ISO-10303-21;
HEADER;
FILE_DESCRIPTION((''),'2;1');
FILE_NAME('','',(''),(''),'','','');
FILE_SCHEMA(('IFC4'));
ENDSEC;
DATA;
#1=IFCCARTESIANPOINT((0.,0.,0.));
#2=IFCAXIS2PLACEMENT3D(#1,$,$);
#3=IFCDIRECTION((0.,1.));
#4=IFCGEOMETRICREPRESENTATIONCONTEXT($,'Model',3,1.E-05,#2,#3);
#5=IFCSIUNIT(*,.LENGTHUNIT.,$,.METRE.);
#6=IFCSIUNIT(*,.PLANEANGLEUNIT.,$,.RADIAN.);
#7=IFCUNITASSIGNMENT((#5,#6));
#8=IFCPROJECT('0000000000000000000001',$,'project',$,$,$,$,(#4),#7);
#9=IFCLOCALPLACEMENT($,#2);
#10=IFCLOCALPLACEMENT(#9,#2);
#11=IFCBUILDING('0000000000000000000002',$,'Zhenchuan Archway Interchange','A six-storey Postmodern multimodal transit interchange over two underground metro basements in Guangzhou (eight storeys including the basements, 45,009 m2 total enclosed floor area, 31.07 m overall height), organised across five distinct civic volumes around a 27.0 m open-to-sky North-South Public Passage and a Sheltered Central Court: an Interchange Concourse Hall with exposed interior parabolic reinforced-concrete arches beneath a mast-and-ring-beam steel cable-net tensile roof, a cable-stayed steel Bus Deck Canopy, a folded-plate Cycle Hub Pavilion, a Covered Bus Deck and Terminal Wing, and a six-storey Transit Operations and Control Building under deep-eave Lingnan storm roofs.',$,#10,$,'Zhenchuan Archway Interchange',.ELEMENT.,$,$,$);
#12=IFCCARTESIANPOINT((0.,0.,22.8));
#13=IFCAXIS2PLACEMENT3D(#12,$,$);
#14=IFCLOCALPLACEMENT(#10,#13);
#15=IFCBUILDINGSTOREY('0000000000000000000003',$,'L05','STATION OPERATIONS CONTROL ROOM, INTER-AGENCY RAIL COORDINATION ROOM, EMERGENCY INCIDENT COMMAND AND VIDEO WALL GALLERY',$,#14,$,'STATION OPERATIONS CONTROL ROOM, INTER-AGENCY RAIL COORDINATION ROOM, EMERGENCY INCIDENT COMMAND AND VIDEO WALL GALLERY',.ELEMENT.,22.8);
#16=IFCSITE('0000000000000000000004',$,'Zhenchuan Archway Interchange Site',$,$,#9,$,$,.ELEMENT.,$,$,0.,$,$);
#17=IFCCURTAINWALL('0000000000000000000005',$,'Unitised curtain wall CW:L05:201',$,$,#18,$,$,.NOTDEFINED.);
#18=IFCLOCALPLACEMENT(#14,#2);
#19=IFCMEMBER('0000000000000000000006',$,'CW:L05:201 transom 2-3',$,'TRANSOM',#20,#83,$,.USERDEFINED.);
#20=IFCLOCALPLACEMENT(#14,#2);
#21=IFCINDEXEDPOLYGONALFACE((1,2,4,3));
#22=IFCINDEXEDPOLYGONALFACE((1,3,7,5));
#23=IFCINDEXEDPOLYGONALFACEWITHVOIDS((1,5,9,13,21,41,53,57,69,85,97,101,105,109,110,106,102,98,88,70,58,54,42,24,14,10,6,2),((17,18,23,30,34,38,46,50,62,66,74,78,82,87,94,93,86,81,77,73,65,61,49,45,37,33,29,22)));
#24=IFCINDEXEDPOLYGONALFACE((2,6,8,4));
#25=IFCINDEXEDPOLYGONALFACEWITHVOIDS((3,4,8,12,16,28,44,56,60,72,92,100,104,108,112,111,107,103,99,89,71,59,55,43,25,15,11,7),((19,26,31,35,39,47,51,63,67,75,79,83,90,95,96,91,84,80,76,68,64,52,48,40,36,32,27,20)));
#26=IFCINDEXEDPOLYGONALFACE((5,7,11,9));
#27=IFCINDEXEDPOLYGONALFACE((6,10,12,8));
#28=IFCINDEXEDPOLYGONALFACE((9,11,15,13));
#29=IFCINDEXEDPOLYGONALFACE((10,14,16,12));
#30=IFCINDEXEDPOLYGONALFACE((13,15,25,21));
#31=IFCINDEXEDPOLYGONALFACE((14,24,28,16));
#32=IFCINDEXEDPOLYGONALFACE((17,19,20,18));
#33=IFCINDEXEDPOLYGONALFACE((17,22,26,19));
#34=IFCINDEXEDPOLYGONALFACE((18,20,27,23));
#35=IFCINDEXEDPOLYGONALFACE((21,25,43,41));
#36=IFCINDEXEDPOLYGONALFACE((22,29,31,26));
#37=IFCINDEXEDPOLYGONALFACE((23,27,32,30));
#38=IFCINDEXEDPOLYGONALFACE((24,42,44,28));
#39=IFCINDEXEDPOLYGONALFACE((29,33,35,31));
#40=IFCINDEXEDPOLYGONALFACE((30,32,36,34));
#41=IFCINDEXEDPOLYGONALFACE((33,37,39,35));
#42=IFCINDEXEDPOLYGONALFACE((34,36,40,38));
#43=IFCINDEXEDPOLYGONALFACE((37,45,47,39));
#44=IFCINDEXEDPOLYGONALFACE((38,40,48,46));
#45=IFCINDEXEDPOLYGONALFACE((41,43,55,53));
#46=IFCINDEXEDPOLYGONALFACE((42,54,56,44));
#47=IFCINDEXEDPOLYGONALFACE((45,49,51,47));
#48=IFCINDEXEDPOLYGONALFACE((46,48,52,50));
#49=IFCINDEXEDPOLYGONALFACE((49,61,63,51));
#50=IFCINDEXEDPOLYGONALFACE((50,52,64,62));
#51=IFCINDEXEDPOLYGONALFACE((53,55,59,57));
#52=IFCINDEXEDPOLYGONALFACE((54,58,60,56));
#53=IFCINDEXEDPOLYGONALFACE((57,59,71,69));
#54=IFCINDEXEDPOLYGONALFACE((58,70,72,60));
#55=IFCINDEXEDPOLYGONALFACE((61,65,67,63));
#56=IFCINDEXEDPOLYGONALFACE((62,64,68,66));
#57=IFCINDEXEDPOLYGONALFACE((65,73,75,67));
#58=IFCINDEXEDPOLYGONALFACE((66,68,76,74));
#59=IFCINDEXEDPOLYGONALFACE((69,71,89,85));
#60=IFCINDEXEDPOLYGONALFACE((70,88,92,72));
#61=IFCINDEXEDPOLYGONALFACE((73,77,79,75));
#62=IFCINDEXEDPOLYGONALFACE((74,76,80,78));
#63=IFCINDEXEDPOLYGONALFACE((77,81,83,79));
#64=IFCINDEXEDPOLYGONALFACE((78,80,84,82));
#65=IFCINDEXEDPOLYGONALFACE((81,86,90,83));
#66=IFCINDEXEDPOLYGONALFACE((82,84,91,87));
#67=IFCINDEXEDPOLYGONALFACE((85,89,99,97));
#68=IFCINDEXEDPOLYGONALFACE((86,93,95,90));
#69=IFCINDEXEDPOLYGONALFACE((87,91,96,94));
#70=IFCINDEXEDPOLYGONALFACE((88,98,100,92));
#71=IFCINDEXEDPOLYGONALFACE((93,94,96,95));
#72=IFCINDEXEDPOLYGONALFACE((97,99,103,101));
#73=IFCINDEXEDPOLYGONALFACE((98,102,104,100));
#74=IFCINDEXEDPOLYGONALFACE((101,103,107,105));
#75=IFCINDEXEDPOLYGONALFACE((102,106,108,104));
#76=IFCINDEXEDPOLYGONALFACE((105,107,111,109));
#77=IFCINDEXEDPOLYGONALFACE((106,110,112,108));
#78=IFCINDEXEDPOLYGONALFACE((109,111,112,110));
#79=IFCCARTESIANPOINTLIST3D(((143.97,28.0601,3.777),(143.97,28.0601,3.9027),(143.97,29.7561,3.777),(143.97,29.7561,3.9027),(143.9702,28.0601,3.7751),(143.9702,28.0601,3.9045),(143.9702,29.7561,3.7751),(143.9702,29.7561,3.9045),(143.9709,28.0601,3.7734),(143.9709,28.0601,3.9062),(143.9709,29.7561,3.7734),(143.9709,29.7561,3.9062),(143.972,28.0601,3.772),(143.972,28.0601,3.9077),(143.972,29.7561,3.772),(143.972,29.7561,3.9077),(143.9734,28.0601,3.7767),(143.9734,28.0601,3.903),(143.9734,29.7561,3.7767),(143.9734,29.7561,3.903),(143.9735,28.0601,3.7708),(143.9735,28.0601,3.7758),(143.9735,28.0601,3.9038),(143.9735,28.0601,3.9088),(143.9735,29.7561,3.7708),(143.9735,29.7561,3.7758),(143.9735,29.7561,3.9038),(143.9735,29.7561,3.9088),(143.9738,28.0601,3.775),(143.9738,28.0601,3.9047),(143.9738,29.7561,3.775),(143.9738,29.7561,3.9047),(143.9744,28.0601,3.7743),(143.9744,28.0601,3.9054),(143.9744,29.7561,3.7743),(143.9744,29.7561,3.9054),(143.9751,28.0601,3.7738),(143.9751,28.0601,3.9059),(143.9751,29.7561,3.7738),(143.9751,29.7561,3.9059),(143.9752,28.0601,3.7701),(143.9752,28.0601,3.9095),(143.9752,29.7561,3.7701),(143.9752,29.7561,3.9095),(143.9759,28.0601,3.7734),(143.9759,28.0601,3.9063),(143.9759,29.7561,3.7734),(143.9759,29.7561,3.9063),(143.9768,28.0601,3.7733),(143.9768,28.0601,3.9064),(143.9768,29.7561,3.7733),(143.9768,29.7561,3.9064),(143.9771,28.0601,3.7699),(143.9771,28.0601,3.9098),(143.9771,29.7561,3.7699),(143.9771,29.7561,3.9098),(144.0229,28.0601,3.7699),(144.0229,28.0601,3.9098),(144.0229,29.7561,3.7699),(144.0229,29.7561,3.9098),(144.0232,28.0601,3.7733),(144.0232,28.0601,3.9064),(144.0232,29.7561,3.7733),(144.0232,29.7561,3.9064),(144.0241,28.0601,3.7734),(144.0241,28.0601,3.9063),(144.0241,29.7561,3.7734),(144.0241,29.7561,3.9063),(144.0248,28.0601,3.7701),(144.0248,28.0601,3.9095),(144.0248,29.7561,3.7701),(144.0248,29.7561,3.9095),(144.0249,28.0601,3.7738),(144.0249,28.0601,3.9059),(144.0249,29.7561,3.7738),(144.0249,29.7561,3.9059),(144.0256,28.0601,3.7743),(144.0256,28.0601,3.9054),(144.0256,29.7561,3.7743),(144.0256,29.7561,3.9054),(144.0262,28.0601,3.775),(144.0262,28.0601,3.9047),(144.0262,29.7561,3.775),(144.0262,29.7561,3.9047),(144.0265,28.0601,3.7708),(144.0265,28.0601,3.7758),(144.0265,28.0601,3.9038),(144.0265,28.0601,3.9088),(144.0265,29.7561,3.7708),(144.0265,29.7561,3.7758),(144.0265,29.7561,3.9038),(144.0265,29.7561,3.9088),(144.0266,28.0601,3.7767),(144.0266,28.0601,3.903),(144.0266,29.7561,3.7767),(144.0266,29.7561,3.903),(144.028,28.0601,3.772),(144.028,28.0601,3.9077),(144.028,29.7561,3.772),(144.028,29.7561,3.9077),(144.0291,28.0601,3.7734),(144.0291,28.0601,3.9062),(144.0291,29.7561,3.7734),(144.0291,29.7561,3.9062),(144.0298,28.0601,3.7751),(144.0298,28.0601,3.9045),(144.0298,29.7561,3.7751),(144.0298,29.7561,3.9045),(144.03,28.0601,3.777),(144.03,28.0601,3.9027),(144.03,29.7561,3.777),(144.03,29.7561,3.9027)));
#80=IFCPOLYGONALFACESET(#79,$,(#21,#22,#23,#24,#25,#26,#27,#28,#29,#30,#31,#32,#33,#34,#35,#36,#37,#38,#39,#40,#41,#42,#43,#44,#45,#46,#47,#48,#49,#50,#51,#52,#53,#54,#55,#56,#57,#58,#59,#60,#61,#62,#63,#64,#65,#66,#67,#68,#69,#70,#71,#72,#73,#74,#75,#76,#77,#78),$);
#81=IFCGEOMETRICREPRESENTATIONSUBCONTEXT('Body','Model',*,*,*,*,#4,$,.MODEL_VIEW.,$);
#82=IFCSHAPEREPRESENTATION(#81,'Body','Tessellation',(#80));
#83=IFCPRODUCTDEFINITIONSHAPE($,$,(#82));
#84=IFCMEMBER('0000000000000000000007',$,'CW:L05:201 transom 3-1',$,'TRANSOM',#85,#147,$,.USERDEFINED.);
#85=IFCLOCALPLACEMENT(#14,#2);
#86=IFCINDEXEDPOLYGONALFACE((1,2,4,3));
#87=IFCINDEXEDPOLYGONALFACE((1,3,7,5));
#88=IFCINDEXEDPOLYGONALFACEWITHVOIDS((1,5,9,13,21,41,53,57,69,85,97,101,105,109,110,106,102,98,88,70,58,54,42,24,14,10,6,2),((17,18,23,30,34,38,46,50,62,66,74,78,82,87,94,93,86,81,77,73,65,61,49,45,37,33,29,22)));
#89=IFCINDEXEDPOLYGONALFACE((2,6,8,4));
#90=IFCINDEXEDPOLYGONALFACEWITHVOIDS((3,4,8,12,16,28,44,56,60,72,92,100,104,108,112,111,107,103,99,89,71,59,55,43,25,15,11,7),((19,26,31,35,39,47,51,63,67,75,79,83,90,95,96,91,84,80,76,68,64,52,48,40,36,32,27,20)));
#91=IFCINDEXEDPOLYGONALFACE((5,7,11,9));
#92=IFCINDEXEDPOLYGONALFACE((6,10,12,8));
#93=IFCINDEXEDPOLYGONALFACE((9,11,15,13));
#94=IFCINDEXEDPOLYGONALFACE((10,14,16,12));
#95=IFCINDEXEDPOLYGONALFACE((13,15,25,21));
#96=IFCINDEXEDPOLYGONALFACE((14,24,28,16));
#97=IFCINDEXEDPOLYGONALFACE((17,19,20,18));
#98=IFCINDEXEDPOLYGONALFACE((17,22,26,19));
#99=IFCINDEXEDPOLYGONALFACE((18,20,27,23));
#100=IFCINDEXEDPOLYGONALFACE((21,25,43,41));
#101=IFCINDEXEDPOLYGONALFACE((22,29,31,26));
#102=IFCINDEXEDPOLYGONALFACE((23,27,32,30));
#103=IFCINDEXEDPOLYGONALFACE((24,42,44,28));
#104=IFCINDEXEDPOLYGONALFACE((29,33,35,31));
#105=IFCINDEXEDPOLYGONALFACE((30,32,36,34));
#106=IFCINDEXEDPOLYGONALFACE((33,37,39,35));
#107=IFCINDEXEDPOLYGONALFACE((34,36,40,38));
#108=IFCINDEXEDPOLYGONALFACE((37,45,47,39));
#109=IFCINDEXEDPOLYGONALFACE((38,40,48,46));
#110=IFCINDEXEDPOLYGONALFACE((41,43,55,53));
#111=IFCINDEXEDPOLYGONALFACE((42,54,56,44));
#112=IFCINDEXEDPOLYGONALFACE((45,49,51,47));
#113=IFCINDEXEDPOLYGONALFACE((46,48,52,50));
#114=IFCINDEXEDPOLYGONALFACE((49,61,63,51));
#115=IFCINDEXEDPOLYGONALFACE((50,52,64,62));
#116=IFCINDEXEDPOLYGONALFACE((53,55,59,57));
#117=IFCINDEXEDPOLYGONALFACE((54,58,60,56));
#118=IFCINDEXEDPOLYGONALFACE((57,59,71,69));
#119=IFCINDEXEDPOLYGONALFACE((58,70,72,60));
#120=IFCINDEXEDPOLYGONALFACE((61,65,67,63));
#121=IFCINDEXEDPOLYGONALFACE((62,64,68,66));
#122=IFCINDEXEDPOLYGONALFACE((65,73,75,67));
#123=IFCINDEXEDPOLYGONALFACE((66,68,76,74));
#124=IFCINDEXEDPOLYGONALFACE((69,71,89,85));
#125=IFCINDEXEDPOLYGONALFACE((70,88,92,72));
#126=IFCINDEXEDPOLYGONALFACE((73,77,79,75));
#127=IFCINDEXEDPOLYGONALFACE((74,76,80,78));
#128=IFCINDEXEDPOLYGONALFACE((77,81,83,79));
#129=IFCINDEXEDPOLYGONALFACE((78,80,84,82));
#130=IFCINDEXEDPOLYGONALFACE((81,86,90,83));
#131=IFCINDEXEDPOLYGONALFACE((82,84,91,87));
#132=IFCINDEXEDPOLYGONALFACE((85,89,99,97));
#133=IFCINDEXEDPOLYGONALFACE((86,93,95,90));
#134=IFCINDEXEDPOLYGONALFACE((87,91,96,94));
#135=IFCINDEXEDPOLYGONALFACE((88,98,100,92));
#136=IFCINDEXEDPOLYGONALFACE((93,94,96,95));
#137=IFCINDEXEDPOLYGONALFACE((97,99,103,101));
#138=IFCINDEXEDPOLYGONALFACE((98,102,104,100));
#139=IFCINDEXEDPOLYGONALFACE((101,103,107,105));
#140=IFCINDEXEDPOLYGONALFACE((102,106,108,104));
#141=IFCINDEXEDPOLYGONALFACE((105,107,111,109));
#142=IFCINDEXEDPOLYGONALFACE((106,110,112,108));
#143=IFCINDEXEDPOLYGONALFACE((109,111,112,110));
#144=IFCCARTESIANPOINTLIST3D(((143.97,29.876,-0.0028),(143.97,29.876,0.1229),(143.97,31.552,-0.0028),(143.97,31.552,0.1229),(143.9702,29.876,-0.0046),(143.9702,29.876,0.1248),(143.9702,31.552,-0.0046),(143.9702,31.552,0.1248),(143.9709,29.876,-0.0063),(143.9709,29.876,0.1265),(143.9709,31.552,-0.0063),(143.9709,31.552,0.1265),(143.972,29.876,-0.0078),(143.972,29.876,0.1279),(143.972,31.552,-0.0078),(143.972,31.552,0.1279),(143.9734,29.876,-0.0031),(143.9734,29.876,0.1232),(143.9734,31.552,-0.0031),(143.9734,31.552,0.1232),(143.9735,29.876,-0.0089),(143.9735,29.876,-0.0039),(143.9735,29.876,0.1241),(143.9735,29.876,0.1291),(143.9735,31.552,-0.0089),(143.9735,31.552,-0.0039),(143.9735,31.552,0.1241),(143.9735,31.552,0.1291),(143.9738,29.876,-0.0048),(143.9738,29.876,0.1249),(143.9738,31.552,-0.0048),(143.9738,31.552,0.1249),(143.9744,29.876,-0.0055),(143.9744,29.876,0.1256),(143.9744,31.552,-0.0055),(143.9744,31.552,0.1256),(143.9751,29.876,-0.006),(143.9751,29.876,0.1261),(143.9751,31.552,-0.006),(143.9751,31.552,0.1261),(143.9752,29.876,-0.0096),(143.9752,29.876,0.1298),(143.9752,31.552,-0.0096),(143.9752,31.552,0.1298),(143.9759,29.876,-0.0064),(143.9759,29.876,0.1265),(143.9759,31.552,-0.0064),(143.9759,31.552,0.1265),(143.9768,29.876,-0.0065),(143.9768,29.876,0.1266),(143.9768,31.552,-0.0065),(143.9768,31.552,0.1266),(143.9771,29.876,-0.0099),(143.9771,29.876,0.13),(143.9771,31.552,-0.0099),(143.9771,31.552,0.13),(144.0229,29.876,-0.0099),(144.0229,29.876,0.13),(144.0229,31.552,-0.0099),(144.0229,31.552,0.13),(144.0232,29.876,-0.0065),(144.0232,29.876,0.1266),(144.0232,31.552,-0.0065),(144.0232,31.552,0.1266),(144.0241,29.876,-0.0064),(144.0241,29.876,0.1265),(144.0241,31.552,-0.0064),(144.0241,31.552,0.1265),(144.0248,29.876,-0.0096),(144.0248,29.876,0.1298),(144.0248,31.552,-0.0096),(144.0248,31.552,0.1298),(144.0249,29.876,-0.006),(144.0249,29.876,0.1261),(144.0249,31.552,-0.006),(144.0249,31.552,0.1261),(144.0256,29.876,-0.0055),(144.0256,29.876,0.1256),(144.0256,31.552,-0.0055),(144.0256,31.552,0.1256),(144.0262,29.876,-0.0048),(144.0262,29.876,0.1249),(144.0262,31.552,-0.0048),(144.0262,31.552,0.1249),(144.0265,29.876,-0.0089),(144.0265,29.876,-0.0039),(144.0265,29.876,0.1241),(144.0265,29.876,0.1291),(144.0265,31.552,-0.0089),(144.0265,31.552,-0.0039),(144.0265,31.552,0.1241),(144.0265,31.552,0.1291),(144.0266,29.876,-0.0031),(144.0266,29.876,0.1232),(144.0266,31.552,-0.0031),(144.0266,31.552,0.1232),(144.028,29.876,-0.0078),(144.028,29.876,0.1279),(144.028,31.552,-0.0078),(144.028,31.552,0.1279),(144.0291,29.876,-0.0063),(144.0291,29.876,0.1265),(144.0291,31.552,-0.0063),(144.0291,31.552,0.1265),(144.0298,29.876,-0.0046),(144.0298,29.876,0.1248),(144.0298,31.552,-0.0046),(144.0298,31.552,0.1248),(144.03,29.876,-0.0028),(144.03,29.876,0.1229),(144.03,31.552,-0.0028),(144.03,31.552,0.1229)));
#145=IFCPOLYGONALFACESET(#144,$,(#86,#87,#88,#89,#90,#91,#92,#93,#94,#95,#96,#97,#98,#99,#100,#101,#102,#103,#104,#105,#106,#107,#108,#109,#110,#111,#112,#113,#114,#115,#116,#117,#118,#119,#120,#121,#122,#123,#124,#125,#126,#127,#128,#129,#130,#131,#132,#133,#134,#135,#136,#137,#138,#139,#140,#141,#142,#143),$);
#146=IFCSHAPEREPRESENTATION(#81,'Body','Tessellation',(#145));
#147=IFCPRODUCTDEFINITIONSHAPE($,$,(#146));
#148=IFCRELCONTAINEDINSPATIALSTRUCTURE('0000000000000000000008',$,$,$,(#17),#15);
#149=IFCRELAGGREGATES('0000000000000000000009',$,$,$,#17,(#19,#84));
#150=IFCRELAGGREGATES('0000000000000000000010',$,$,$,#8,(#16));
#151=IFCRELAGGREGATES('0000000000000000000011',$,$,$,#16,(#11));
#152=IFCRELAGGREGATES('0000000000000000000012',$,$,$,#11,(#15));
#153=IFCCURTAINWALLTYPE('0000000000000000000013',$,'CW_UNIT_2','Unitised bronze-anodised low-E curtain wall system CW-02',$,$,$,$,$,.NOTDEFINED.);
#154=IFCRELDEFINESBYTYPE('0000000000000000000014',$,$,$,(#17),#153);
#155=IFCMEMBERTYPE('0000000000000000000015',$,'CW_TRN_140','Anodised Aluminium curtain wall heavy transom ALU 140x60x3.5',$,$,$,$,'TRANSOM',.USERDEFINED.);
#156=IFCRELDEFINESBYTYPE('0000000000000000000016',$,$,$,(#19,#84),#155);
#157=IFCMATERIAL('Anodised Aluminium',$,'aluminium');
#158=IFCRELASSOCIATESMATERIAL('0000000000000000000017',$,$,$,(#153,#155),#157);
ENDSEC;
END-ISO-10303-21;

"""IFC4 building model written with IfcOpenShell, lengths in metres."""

from ifc_helpers import new_model, si_unit, direction, frame, origin, origin_2d, place, context, subcontext, project, spatial, hollow_rectangle, extrude, material, material_profile, profile_set, type_object, element, aggregate, save


model = new_model("IFC4")

# Units and contexts
model_context = context("Model", 3, precision=1e-05, world=origin(), true_north=direction((0.0, 1.0)))
body_context = subcontext(model_context, "Body", "Model", "MODEL_VIEW")
ifc_project = project(units=[si_unit("LENGTHUNIT", "METRE"), si_unit("PLANEANGLEUNIT", "RADIAN")], contexts=[model_context])

# Site, building, storey
site_placement = place(None, origin())
site = spatial("IfcSite", under=ifc_project, at=site_placement, Name="Zhenchuan Archway Interchange Site", CompositionType="ELEMENT", RefElevation=0.0)
building_placement = place(site_placement, origin())
building = spatial("IfcBuilding", under=site, at=building_placement, Name="Zhenchuan Archway Interchange", Description="A six-storey Postmodern multimodal transit interchange over two underground metro basements in Guangzhou (eight storeys including the basements, 45,009 m2 total enclosed floor area, 31.07 m overall height), organised across five distinct civic volumes around a 27.0 m open-to-sky North-South Public Passage and a Sheltered Central Court: an Interchange Concourse Hall with exposed interior parabolic reinforced-concrete arches beneath a mast-and-ring-beam steel cable-net tensile roof, a cable-stayed steel Bus Deck Canopy, a folded-plate Cycle Hub Pavilion, a Covered Bus Deck and Terminal Wing, and a six-storey Transit Operations and Control Building under deep-eave Lingnan storm roofs.", LongName="Zhenchuan Archway Interchange", CompositionType="ELEMENT")
storey_placement = place(building_placement, frame((0.0, 0.0, 22.8)))
storey = spatial("IfcBuildingStorey", under=building, at=storey_placement, Name="L05", Description="STATION OPERATIONS CONTROL ROOM, INTER-AGENCY RAIL COORDINATION ROOM, EMERGENCY INCIDENT COMMAND AND VIDEO WALL GALLERY", LongName="STATION OPERATIONS CONTROL ROOM, INTER-AGENCY RAIL COORDINATION ROOM, EMERGENCY INCIDENT COMMAND AND VIDEO WALL GALLERY", CompositionType="ELEMENT", Elevation=22.8)

# Shared definitions
ifc_material_1 = material(Name="Anodised Aluminium", Category="aluminium")

# Curtain wall, members
curtain_wall_type_1 = type_object("IfcCurtainWallType", Name="CW_UNIT_2", Description="Unitised bronze-anodised low-E curtain wall system CW-02", PredefinedType="NOTDEFINED", material=ifc_material_1)
curtain_wall_1_placement = place(storey_placement, origin())
curtain_wall_1 = element("IfcCurtainWall", 1, at=curtain_wall_1_placement, inside=storey, type_object=curtain_wall_type_1, Name="Unitised curtain wall CW:L05:201", PredefinedType="NOTDEFINED")
ifc_material_profile_1 = material_profile(ifc_material_1, hollow_rectangle(XDim=0.0601, YDim=0.1399, WallThickness=0.0034, InnerFilletRadius=0.0034, OuterFilletRadius=0.0071, at=origin_2d()), Name="ALU 140x60x3.5")
ifc_profile_set_1 = profile_set([ifc_material_profile_1], Name="Anodised Aluminium")
member_type_1 = type_object("IfcMemberType", Name="CW_TRN_140", Description="Anodised Aluminium curtain wall heavy transom ALU 140x60x3.5", ElementType="TRANSOM", PredefinedType="USERDEFINED", material=ifc_profile_set_1)
member_1_placement = place(storey_placement, frame((144.0, 28.0601, 3.8398), z_axis=(0.0, 1.0, 0.0), x_axis=(-1.0, 0.0, 0.0)))
member_1 = element("IfcMember", 2, at=member_1_placement, type_object=member_type_1, Name="CW:L05:201 transom 2-3", ObjectType="TRANSOM", PredefinedType="USERDEFINED", context=body_context, shape_type="SweptSolid", body=[
    extrude(hollow_rectangle(XDim=0.0601, YDim=0.1399, WallThickness=0.0034, InnerFilletRadius=0.0034, OuterFilletRadius=0.0071, at=origin_2d()), origin(), (0.0, 0.0, 1.0), 1.696),
])
member_2_placement = place(storey_placement, frame((144.0, 29.876, 0.0601), z_axis=(0.0, 1.0, 0.0), x_axis=(-1.0, 0.0, 0.0)))
member_2 = element("IfcMember", 3, at=member_2_placement, type_object=member_type_1, Name="CW:L05:201 transom 3-1", ObjectType="TRANSOM", PredefinedType="USERDEFINED", context=body_context, shape_type="SweptSolid", body=[
    extrude(hollow_rectangle(XDim=0.0601, YDim=0.1399, WallThickness=0.0034, InnerFilletRadius=0.0034, OuterFilletRadius=0.0071, at=origin_2d()), origin(), (0.0, 0.0, 1.0), 1.676),
])

aggregate(curtain_wall_1, [member_1, member_2])

save(model, "model.ifc")
